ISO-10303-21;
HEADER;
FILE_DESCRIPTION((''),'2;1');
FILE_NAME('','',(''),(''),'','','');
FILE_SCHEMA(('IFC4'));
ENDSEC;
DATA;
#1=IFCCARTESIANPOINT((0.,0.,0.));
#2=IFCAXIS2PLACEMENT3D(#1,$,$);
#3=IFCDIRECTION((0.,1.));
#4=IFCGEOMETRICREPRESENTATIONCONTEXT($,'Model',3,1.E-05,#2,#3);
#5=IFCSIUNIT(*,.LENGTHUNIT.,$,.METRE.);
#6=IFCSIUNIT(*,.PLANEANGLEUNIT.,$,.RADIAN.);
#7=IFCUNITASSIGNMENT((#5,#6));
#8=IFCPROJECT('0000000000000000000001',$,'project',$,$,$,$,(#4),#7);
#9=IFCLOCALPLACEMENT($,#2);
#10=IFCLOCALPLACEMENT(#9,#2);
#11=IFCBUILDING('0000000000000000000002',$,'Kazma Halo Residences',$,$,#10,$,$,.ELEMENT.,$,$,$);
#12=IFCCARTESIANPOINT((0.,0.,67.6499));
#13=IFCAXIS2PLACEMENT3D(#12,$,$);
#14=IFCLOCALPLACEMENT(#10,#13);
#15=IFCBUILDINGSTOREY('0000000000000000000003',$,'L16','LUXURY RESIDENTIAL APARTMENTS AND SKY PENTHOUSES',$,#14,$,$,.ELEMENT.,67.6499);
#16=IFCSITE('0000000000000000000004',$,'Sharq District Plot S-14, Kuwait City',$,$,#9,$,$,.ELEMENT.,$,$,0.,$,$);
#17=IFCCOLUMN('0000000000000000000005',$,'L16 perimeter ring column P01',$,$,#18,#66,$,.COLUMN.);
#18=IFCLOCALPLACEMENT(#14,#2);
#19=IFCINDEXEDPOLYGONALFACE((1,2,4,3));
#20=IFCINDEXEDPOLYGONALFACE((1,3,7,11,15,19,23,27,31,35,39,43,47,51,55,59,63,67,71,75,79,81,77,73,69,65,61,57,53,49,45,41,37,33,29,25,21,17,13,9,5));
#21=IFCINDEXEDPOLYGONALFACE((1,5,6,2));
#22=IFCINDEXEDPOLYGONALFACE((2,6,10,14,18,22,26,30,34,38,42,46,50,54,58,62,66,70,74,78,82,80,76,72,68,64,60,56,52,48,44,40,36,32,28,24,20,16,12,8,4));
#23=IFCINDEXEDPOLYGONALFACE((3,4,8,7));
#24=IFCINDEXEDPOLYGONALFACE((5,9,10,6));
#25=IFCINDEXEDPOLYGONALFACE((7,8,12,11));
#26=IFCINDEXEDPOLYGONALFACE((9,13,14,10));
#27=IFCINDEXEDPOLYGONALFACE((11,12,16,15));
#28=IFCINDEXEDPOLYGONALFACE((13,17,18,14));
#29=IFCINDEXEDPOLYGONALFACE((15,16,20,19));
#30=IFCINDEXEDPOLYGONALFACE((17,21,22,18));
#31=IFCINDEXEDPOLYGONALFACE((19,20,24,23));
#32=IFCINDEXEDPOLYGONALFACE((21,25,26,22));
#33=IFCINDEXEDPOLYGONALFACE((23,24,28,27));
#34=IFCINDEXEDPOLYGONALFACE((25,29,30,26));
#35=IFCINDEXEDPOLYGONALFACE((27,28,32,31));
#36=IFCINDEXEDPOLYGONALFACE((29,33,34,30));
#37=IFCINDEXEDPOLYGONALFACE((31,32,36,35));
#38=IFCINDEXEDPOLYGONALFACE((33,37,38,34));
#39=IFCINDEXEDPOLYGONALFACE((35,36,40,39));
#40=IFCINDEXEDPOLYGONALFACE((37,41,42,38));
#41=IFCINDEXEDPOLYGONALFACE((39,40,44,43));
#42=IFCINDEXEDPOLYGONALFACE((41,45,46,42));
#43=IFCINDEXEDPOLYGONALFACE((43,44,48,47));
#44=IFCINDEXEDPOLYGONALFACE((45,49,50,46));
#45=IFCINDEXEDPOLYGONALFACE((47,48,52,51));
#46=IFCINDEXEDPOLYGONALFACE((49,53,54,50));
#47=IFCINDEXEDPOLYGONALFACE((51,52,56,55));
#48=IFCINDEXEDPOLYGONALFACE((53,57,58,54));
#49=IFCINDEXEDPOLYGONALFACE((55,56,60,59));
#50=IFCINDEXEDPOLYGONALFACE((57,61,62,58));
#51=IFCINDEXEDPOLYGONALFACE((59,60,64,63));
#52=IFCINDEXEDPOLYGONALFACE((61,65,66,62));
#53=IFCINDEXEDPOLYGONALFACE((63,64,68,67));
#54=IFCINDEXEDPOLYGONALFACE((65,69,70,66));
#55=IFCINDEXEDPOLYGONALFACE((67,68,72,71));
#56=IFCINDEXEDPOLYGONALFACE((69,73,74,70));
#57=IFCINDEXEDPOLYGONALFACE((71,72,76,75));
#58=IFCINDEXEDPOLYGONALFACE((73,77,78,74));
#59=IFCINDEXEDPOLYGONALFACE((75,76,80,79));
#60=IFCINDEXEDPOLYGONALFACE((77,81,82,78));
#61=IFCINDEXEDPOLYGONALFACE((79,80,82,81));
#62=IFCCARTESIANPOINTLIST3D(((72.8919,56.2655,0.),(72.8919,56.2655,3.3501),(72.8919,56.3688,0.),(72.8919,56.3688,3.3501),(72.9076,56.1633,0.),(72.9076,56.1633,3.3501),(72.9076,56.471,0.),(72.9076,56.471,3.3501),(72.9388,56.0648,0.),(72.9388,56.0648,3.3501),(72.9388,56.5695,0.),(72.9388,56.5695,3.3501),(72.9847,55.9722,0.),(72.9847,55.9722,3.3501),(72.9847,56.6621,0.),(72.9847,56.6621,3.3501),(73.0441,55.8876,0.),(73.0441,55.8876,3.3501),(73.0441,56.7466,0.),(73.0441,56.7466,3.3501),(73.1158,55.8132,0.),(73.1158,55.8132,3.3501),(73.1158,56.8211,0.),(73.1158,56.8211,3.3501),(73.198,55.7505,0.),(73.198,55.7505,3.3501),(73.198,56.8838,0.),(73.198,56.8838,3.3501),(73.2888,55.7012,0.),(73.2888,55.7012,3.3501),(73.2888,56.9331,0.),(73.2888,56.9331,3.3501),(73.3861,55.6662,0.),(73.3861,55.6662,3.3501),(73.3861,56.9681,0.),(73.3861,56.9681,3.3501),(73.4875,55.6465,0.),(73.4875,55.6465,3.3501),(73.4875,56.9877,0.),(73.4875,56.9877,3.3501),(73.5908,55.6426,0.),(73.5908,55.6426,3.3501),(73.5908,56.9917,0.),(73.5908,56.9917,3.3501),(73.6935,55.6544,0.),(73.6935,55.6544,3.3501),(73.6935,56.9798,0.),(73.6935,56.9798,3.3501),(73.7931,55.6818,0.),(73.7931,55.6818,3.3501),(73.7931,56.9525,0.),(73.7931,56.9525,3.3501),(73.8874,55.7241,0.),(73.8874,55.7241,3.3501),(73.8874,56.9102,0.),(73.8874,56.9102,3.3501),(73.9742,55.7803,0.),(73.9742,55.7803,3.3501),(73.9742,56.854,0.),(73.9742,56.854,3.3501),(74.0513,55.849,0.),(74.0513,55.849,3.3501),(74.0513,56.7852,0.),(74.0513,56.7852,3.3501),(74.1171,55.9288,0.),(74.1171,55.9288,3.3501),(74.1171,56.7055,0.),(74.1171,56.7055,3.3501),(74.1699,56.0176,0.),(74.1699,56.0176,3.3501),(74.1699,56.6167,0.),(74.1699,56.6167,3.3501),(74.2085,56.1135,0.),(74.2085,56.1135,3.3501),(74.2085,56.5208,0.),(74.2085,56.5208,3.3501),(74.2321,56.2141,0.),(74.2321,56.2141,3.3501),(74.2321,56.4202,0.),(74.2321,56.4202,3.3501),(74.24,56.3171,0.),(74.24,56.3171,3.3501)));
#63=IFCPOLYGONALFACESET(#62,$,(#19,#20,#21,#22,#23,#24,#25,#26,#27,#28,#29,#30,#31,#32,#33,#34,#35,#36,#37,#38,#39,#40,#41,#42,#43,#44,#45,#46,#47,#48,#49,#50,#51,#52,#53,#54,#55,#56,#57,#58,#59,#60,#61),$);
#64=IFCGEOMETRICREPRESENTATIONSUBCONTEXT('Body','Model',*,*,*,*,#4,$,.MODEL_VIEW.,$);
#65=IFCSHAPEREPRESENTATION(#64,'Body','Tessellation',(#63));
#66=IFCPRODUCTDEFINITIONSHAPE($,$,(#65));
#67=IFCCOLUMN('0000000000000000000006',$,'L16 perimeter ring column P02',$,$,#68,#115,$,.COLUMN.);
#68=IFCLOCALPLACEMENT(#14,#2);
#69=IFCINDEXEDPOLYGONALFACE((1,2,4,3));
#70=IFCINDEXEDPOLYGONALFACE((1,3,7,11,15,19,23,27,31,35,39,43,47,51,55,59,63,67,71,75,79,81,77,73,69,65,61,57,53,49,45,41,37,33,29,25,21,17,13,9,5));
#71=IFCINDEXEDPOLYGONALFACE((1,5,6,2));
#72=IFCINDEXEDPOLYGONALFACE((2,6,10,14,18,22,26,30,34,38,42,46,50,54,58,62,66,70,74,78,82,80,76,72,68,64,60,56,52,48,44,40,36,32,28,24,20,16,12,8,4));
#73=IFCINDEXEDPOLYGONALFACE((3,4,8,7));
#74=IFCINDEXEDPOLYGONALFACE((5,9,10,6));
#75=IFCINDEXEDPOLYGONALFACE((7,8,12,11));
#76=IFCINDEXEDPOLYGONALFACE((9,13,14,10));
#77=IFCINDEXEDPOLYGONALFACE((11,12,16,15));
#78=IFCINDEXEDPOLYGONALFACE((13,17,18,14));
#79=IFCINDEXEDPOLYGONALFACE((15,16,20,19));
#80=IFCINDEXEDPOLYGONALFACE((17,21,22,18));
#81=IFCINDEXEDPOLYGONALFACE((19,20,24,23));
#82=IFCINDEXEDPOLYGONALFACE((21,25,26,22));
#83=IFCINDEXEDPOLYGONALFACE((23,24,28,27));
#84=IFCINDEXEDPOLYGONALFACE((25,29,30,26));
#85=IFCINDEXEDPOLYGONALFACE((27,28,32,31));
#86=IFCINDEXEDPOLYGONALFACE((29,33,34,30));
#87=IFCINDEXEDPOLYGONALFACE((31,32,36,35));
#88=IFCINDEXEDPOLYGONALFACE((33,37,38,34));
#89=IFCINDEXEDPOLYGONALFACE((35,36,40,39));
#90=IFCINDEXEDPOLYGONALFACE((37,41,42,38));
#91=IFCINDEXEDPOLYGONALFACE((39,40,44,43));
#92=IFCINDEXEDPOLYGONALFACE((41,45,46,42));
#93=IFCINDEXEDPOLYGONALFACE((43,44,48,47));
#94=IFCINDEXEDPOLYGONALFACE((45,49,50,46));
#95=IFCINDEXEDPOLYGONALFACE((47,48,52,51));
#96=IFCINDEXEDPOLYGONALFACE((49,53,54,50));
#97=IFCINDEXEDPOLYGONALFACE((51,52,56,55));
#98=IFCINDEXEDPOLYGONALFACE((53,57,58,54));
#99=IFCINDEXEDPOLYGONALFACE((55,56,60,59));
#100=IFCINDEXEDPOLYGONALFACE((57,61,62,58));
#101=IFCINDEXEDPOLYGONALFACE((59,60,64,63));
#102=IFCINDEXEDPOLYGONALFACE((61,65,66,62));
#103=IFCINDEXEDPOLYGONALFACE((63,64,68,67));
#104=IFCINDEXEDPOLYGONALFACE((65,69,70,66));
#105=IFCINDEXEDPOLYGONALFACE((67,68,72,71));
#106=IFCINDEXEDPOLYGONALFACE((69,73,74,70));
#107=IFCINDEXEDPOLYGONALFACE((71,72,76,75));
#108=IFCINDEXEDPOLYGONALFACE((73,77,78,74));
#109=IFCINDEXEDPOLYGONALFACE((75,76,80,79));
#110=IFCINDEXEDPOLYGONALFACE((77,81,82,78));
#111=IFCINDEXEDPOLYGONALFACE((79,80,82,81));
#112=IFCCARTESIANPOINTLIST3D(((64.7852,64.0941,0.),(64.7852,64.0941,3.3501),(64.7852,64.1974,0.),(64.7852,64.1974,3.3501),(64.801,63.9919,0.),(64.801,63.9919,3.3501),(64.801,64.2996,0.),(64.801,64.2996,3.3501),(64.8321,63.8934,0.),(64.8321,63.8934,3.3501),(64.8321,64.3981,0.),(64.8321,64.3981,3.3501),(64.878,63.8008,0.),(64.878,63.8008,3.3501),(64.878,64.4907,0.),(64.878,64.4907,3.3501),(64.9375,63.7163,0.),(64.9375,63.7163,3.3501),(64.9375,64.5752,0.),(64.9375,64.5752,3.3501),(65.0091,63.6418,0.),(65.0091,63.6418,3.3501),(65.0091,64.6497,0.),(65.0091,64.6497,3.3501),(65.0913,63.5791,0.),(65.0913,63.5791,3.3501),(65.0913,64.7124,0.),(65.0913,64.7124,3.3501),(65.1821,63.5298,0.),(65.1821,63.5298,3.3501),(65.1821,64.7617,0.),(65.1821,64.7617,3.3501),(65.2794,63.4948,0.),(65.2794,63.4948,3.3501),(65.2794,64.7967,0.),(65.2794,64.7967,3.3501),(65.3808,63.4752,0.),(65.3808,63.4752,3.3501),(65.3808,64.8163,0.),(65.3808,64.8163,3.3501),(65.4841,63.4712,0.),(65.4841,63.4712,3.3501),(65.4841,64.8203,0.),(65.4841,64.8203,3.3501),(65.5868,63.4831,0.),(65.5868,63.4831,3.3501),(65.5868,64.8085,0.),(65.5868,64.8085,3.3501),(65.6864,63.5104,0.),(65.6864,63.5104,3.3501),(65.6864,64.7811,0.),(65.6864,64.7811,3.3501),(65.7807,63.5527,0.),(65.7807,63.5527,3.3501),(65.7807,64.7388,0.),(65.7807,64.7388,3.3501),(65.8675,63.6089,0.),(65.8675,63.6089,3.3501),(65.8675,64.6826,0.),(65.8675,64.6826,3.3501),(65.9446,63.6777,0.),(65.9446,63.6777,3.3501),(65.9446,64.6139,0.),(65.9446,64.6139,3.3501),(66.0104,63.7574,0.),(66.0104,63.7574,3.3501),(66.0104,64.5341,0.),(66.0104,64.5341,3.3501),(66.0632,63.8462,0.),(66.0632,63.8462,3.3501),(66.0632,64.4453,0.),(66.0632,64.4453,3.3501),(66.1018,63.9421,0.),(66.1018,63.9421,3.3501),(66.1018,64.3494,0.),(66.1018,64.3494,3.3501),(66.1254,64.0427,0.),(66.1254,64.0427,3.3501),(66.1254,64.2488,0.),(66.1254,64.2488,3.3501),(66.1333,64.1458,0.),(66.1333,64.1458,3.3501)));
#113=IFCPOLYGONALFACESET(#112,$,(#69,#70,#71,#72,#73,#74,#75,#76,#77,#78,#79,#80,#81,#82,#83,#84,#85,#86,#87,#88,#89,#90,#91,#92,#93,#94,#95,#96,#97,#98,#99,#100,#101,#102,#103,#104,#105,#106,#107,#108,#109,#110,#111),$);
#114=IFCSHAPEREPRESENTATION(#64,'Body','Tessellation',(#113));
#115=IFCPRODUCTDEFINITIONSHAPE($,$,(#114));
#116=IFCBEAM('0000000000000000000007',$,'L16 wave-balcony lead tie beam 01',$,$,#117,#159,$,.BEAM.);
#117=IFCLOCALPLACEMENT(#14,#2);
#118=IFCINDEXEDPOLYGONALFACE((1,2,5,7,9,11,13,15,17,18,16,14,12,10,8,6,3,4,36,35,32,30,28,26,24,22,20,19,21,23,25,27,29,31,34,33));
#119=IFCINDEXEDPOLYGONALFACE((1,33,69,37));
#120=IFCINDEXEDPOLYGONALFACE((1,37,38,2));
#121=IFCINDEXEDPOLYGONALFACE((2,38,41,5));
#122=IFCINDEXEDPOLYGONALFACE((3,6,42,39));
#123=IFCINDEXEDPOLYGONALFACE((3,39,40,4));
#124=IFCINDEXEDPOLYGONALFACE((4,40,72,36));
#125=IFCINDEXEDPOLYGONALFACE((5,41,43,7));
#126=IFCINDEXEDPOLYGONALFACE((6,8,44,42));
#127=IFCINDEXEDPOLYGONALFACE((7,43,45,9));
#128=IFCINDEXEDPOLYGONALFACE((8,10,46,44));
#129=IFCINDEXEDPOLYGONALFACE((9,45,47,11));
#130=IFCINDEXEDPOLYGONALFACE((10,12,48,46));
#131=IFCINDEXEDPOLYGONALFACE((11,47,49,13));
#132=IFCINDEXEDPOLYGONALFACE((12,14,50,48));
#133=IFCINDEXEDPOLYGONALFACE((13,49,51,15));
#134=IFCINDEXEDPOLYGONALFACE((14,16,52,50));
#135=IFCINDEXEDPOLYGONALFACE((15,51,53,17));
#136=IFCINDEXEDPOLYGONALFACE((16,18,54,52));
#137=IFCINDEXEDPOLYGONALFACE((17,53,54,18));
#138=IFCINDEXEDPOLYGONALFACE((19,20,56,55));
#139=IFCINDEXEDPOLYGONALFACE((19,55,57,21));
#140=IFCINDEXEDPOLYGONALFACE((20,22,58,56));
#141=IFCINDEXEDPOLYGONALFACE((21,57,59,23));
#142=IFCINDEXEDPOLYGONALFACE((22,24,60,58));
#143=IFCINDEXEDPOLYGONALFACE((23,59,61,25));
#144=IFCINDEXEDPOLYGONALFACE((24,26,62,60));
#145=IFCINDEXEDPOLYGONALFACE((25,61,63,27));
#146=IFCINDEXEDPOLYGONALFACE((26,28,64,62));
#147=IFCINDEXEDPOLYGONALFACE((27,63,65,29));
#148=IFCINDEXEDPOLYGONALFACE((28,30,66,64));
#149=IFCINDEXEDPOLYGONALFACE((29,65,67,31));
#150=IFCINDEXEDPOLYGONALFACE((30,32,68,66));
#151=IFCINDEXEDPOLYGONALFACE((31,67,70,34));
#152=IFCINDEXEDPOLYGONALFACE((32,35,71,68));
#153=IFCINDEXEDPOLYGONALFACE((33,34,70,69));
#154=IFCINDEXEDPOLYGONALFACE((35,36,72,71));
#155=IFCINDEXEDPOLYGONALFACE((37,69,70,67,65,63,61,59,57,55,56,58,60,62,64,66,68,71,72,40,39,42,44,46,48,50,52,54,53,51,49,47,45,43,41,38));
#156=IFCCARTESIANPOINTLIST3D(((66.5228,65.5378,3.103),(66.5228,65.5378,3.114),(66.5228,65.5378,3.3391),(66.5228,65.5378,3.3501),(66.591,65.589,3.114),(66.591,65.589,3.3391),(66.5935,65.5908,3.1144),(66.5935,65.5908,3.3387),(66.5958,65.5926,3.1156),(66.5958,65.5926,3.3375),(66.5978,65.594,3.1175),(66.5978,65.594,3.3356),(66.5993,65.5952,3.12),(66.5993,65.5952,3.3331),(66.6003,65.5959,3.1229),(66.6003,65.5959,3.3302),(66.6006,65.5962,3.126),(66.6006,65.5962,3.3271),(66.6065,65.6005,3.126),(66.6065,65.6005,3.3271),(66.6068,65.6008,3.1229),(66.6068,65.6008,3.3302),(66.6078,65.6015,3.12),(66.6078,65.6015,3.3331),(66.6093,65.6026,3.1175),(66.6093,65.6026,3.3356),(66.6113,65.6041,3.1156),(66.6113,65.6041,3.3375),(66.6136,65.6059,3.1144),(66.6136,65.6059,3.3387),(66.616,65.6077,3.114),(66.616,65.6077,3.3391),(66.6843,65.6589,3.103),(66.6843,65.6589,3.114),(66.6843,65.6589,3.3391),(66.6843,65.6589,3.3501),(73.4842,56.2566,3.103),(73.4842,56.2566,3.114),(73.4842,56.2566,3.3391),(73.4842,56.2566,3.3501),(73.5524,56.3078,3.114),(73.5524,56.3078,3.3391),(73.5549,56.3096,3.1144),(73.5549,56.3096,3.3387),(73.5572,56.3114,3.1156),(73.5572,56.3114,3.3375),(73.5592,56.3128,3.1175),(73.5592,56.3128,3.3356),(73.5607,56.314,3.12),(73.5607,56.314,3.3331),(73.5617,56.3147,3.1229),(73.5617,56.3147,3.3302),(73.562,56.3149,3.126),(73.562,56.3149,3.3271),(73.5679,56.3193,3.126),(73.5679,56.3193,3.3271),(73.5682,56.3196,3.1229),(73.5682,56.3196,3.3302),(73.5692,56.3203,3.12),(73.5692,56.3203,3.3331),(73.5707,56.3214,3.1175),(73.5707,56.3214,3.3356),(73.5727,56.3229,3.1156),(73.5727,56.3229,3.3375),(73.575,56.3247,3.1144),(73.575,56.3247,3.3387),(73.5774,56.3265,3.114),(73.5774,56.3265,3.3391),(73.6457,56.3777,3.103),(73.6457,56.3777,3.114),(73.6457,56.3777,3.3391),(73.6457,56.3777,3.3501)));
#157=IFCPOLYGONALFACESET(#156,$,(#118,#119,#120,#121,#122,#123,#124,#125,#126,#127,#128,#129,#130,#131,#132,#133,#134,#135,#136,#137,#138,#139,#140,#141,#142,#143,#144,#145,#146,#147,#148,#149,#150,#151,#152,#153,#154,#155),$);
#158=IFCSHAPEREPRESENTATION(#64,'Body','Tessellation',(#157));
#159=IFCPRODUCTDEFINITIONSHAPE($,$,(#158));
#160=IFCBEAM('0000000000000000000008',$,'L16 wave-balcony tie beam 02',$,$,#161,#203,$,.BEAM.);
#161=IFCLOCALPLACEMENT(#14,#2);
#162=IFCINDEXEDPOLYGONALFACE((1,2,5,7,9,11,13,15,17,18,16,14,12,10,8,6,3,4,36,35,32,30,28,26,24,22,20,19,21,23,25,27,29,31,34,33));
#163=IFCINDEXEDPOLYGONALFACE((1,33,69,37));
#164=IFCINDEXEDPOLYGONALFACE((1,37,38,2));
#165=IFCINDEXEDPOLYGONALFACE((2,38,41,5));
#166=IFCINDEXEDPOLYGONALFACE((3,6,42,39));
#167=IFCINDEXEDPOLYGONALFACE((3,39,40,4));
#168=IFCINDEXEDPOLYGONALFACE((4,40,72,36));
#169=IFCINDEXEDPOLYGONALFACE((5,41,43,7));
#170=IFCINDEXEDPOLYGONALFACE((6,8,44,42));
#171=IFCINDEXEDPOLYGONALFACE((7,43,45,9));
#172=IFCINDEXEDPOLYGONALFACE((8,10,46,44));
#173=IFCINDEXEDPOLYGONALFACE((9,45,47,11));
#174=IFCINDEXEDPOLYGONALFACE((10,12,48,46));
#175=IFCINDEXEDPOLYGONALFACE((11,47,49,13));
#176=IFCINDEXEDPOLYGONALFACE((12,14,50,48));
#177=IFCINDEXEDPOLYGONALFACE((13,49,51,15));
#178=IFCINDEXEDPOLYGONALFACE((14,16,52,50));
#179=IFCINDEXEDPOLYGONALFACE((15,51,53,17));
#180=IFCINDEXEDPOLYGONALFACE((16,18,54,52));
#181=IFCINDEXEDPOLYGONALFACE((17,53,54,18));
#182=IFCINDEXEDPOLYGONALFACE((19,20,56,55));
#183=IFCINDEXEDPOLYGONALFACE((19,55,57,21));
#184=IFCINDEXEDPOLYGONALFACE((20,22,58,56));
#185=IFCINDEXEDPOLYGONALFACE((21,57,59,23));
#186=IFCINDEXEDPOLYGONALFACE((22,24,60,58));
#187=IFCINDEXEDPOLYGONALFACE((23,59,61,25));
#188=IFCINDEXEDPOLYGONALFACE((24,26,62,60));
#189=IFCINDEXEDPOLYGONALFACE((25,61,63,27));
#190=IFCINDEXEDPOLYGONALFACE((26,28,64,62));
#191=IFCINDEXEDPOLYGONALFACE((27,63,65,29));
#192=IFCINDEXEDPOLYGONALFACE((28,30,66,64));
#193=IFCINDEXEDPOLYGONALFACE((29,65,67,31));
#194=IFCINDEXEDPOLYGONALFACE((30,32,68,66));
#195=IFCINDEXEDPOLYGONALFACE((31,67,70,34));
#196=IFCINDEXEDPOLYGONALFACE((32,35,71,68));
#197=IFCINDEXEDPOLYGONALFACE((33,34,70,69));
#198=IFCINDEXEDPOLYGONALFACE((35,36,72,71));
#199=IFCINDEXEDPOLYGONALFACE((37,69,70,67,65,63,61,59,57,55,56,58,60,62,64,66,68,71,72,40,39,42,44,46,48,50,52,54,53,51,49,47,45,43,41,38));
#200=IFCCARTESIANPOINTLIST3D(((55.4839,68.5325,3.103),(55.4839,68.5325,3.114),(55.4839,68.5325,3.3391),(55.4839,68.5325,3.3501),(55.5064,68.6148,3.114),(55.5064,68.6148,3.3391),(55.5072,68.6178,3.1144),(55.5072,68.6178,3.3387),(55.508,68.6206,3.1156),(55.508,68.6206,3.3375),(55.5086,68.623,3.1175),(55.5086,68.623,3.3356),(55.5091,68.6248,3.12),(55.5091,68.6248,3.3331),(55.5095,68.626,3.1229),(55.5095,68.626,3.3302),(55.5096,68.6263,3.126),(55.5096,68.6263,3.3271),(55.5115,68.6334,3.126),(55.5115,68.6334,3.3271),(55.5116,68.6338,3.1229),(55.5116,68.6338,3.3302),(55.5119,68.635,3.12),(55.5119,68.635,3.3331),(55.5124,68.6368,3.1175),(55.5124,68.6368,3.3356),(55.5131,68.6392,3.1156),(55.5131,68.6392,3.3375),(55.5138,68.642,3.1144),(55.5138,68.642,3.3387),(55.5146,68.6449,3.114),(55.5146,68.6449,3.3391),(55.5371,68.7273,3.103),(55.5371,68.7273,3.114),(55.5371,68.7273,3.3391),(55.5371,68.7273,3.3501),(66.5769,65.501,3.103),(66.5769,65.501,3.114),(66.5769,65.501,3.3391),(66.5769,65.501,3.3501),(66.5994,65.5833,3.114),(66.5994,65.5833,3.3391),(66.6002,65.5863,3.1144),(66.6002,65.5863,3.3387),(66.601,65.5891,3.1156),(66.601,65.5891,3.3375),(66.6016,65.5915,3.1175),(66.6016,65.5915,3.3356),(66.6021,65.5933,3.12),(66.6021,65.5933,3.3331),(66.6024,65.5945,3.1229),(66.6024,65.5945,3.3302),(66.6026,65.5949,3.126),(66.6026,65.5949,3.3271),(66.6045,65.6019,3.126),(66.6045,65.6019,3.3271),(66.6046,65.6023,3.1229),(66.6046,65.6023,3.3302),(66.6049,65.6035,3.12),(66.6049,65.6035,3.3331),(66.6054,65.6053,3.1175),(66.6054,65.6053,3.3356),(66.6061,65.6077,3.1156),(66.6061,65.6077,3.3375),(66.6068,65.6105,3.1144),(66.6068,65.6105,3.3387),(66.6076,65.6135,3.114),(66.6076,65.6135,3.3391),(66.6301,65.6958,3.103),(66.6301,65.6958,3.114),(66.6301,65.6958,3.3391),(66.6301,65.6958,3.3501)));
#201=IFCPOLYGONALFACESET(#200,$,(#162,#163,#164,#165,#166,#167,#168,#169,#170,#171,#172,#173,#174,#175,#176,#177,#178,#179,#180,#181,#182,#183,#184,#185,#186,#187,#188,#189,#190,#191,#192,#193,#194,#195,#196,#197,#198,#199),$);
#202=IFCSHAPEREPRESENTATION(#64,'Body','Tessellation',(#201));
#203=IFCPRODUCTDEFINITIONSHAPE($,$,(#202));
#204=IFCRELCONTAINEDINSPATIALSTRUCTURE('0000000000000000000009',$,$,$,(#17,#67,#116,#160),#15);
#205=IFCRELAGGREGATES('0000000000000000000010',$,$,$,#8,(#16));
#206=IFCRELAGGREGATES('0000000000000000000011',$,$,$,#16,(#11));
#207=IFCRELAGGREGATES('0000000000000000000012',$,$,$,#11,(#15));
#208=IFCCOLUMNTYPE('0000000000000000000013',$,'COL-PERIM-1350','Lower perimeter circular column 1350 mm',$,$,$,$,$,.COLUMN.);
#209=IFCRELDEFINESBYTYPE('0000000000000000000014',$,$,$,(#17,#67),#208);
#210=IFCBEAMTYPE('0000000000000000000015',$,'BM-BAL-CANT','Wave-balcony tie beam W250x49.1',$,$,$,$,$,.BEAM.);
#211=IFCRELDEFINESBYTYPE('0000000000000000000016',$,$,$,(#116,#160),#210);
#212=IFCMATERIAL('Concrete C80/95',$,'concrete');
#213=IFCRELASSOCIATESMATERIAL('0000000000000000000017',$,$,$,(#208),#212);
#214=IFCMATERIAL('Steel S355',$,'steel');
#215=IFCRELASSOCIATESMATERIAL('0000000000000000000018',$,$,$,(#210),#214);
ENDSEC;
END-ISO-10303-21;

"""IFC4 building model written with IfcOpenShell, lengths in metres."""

from ifc_helpers import new_model, si_unit, direction, frame, origin, origin_2d, place, context, subcontext, project, spatial, circle, i_section, extrude, material, material_profile, profile_set, type_object, element, save


model = new_model("IFC4")

# Units and contexts
model_context = context("Model", 3, precision=1e-05, world=origin(), true_north=direction((0.0, 1.0)))
body_context = subcontext(model_context, "Body", "Model", "MODEL_VIEW")
ifc_project = project(units=[si_unit("LENGTHUNIT", "METRE"), si_unit("PLANEANGLEUNIT", "RADIAN")], contexts=[model_context])

# Site, building, storey
site_placement = place(None, origin())
site = spatial("IfcSite", under=ifc_project, at=site_placement, Name="Sharq District Plot S-14, Kuwait City", CompositionType="ELEMENT", RefElevation=0.0)
building_placement = place(site_placement, origin())
building = spatial("IfcBuilding", under=site, at=building_placement, Name="Kazma Halo Residences", CompositionType="ELEMENT")
storey_placement = place(building_placement, frame((0.0, 0.0, 67.6499)))
storey = spatial("IfcBuildingStorey", under=building, at=storey_placement, Name="L16", Description="LUXURY RESIDENTIAL APARTMENTS AND SKY PENTHOUSES", CompositionType="ELEMENT", Elevation=67.6499)

# Columns
ifc_material_1 = material(Name="Concrete C80/95", Category="concrete")
ifc_material_profile_1 = material_profile(ifc_material_1, circle(Radius=0.675, at=origin_2d()), Name="CIRC1350")
ifc_profile_set_1 = profile_set([ifc_material_profile_1], Name="Concrete C80/95")
column_type = type_object("IfcColumnType", Name="COL-PERIM-1350", Description="Lower perimeter circular column 1350 mm", PredefinedType="COLUMN", material=ifc_profile_set_1)
for number, where, z_axis, x_axis, name in (
    (1, (73.5649, 56.3171, 0.0), (0.0, 0.0, 1.0), (1.0, 0.0, 0.0), "L16 perimeter ring column P01"),
    (2, (65.4583, 64.1458, 0.0), (0.0, 0.0, 1.0), (1.0, 0.0, 0.0), "L16 perimeter ring column P02"),
):
    element("IfcColumn", number, at=place(storey_placement, frame(where, z_axis=z_axis, x_axis=x_axis)), inside=storey, type_object=column_type, Name=name, PredefinedType="COLUMN", context=body_context, shape_type="SweptSolid", body=[
        extrude(circle(Radius=0.675, at=origin_2d()), origin(), (0.0, 0.0, 1.0), 3.3501),
    ])

# Beams
ifc_material_2 = material(Name="Steel S355", Category="steel")
ifc_material_profile_2 = material_profile(ifc_material_2, i_section(OverallWidth=0.2019, OverallDepth=0.2471, WebThickness=0.0073, FlangeThickness=0.011, FilletRadius=0.012, at=origin_2d()), Name="W250x49.1")
ifc_profile_set_2 = profile_set([ifc_material_profile_2], Name="Steel S355")
beam_type_1 = type_object("IfcBeamType", Name="BM-BAL-CANT", Description="Wave-balcony tie beam W250x49.1", PredefinedType="BEAM", material=ifc_profile_set_2)
beam_1_placement = place(storey_placement, frame((73.5649, 56.3171, 3.2266), z_axis=(-0.600027, 0.79998, 0.0), x_axis=(-0.79998, -0.600027, 0.0)))
element("IfcBeam", 3, at=beam_1_placement, inside=storey, type_object=beam_type_1, Name="L16 wave-balcony lead tie beam 01", PredefinedType="BEAM", context=body_context, shape_type="SweptSolid", body=[
    extrude(i_section(OverallWidth=0.2019, OverallDepth=0.2471, WebThickness=0.0073, FlangeThickness=0.011, FilletRadius=0.012, at=origin_2d()), origin(), (0.0, 0.0, 1.0), 11.6018),
])
beam_2_placement = place(storey_placement, frame((66.6035, 65.5984, 3.2266), z_axis=(-0.964628, 0.263613, 0.0), x_axis=(-0.263613, -0.964628, 0.0)))
element("IfcBeam", 4, at=beam_2_placement, inside=storey, type_object=beam_type_1, Name="L16 wave-balcony tie beam 02", PredefinedType="BEAM", context=body_context, shape_type="SweptSolid", body=[
    extrude(i_section(OverallWidth=0.2019, OverallDepth=0.2471, WebThickness=0.0073, FlangeThickness=0.011, FilletRadius=0.012, at=origin_2d()), origin(), (0.0, 0.0, 1.0), 11.4998),
])

save(model, "model.ifc")
